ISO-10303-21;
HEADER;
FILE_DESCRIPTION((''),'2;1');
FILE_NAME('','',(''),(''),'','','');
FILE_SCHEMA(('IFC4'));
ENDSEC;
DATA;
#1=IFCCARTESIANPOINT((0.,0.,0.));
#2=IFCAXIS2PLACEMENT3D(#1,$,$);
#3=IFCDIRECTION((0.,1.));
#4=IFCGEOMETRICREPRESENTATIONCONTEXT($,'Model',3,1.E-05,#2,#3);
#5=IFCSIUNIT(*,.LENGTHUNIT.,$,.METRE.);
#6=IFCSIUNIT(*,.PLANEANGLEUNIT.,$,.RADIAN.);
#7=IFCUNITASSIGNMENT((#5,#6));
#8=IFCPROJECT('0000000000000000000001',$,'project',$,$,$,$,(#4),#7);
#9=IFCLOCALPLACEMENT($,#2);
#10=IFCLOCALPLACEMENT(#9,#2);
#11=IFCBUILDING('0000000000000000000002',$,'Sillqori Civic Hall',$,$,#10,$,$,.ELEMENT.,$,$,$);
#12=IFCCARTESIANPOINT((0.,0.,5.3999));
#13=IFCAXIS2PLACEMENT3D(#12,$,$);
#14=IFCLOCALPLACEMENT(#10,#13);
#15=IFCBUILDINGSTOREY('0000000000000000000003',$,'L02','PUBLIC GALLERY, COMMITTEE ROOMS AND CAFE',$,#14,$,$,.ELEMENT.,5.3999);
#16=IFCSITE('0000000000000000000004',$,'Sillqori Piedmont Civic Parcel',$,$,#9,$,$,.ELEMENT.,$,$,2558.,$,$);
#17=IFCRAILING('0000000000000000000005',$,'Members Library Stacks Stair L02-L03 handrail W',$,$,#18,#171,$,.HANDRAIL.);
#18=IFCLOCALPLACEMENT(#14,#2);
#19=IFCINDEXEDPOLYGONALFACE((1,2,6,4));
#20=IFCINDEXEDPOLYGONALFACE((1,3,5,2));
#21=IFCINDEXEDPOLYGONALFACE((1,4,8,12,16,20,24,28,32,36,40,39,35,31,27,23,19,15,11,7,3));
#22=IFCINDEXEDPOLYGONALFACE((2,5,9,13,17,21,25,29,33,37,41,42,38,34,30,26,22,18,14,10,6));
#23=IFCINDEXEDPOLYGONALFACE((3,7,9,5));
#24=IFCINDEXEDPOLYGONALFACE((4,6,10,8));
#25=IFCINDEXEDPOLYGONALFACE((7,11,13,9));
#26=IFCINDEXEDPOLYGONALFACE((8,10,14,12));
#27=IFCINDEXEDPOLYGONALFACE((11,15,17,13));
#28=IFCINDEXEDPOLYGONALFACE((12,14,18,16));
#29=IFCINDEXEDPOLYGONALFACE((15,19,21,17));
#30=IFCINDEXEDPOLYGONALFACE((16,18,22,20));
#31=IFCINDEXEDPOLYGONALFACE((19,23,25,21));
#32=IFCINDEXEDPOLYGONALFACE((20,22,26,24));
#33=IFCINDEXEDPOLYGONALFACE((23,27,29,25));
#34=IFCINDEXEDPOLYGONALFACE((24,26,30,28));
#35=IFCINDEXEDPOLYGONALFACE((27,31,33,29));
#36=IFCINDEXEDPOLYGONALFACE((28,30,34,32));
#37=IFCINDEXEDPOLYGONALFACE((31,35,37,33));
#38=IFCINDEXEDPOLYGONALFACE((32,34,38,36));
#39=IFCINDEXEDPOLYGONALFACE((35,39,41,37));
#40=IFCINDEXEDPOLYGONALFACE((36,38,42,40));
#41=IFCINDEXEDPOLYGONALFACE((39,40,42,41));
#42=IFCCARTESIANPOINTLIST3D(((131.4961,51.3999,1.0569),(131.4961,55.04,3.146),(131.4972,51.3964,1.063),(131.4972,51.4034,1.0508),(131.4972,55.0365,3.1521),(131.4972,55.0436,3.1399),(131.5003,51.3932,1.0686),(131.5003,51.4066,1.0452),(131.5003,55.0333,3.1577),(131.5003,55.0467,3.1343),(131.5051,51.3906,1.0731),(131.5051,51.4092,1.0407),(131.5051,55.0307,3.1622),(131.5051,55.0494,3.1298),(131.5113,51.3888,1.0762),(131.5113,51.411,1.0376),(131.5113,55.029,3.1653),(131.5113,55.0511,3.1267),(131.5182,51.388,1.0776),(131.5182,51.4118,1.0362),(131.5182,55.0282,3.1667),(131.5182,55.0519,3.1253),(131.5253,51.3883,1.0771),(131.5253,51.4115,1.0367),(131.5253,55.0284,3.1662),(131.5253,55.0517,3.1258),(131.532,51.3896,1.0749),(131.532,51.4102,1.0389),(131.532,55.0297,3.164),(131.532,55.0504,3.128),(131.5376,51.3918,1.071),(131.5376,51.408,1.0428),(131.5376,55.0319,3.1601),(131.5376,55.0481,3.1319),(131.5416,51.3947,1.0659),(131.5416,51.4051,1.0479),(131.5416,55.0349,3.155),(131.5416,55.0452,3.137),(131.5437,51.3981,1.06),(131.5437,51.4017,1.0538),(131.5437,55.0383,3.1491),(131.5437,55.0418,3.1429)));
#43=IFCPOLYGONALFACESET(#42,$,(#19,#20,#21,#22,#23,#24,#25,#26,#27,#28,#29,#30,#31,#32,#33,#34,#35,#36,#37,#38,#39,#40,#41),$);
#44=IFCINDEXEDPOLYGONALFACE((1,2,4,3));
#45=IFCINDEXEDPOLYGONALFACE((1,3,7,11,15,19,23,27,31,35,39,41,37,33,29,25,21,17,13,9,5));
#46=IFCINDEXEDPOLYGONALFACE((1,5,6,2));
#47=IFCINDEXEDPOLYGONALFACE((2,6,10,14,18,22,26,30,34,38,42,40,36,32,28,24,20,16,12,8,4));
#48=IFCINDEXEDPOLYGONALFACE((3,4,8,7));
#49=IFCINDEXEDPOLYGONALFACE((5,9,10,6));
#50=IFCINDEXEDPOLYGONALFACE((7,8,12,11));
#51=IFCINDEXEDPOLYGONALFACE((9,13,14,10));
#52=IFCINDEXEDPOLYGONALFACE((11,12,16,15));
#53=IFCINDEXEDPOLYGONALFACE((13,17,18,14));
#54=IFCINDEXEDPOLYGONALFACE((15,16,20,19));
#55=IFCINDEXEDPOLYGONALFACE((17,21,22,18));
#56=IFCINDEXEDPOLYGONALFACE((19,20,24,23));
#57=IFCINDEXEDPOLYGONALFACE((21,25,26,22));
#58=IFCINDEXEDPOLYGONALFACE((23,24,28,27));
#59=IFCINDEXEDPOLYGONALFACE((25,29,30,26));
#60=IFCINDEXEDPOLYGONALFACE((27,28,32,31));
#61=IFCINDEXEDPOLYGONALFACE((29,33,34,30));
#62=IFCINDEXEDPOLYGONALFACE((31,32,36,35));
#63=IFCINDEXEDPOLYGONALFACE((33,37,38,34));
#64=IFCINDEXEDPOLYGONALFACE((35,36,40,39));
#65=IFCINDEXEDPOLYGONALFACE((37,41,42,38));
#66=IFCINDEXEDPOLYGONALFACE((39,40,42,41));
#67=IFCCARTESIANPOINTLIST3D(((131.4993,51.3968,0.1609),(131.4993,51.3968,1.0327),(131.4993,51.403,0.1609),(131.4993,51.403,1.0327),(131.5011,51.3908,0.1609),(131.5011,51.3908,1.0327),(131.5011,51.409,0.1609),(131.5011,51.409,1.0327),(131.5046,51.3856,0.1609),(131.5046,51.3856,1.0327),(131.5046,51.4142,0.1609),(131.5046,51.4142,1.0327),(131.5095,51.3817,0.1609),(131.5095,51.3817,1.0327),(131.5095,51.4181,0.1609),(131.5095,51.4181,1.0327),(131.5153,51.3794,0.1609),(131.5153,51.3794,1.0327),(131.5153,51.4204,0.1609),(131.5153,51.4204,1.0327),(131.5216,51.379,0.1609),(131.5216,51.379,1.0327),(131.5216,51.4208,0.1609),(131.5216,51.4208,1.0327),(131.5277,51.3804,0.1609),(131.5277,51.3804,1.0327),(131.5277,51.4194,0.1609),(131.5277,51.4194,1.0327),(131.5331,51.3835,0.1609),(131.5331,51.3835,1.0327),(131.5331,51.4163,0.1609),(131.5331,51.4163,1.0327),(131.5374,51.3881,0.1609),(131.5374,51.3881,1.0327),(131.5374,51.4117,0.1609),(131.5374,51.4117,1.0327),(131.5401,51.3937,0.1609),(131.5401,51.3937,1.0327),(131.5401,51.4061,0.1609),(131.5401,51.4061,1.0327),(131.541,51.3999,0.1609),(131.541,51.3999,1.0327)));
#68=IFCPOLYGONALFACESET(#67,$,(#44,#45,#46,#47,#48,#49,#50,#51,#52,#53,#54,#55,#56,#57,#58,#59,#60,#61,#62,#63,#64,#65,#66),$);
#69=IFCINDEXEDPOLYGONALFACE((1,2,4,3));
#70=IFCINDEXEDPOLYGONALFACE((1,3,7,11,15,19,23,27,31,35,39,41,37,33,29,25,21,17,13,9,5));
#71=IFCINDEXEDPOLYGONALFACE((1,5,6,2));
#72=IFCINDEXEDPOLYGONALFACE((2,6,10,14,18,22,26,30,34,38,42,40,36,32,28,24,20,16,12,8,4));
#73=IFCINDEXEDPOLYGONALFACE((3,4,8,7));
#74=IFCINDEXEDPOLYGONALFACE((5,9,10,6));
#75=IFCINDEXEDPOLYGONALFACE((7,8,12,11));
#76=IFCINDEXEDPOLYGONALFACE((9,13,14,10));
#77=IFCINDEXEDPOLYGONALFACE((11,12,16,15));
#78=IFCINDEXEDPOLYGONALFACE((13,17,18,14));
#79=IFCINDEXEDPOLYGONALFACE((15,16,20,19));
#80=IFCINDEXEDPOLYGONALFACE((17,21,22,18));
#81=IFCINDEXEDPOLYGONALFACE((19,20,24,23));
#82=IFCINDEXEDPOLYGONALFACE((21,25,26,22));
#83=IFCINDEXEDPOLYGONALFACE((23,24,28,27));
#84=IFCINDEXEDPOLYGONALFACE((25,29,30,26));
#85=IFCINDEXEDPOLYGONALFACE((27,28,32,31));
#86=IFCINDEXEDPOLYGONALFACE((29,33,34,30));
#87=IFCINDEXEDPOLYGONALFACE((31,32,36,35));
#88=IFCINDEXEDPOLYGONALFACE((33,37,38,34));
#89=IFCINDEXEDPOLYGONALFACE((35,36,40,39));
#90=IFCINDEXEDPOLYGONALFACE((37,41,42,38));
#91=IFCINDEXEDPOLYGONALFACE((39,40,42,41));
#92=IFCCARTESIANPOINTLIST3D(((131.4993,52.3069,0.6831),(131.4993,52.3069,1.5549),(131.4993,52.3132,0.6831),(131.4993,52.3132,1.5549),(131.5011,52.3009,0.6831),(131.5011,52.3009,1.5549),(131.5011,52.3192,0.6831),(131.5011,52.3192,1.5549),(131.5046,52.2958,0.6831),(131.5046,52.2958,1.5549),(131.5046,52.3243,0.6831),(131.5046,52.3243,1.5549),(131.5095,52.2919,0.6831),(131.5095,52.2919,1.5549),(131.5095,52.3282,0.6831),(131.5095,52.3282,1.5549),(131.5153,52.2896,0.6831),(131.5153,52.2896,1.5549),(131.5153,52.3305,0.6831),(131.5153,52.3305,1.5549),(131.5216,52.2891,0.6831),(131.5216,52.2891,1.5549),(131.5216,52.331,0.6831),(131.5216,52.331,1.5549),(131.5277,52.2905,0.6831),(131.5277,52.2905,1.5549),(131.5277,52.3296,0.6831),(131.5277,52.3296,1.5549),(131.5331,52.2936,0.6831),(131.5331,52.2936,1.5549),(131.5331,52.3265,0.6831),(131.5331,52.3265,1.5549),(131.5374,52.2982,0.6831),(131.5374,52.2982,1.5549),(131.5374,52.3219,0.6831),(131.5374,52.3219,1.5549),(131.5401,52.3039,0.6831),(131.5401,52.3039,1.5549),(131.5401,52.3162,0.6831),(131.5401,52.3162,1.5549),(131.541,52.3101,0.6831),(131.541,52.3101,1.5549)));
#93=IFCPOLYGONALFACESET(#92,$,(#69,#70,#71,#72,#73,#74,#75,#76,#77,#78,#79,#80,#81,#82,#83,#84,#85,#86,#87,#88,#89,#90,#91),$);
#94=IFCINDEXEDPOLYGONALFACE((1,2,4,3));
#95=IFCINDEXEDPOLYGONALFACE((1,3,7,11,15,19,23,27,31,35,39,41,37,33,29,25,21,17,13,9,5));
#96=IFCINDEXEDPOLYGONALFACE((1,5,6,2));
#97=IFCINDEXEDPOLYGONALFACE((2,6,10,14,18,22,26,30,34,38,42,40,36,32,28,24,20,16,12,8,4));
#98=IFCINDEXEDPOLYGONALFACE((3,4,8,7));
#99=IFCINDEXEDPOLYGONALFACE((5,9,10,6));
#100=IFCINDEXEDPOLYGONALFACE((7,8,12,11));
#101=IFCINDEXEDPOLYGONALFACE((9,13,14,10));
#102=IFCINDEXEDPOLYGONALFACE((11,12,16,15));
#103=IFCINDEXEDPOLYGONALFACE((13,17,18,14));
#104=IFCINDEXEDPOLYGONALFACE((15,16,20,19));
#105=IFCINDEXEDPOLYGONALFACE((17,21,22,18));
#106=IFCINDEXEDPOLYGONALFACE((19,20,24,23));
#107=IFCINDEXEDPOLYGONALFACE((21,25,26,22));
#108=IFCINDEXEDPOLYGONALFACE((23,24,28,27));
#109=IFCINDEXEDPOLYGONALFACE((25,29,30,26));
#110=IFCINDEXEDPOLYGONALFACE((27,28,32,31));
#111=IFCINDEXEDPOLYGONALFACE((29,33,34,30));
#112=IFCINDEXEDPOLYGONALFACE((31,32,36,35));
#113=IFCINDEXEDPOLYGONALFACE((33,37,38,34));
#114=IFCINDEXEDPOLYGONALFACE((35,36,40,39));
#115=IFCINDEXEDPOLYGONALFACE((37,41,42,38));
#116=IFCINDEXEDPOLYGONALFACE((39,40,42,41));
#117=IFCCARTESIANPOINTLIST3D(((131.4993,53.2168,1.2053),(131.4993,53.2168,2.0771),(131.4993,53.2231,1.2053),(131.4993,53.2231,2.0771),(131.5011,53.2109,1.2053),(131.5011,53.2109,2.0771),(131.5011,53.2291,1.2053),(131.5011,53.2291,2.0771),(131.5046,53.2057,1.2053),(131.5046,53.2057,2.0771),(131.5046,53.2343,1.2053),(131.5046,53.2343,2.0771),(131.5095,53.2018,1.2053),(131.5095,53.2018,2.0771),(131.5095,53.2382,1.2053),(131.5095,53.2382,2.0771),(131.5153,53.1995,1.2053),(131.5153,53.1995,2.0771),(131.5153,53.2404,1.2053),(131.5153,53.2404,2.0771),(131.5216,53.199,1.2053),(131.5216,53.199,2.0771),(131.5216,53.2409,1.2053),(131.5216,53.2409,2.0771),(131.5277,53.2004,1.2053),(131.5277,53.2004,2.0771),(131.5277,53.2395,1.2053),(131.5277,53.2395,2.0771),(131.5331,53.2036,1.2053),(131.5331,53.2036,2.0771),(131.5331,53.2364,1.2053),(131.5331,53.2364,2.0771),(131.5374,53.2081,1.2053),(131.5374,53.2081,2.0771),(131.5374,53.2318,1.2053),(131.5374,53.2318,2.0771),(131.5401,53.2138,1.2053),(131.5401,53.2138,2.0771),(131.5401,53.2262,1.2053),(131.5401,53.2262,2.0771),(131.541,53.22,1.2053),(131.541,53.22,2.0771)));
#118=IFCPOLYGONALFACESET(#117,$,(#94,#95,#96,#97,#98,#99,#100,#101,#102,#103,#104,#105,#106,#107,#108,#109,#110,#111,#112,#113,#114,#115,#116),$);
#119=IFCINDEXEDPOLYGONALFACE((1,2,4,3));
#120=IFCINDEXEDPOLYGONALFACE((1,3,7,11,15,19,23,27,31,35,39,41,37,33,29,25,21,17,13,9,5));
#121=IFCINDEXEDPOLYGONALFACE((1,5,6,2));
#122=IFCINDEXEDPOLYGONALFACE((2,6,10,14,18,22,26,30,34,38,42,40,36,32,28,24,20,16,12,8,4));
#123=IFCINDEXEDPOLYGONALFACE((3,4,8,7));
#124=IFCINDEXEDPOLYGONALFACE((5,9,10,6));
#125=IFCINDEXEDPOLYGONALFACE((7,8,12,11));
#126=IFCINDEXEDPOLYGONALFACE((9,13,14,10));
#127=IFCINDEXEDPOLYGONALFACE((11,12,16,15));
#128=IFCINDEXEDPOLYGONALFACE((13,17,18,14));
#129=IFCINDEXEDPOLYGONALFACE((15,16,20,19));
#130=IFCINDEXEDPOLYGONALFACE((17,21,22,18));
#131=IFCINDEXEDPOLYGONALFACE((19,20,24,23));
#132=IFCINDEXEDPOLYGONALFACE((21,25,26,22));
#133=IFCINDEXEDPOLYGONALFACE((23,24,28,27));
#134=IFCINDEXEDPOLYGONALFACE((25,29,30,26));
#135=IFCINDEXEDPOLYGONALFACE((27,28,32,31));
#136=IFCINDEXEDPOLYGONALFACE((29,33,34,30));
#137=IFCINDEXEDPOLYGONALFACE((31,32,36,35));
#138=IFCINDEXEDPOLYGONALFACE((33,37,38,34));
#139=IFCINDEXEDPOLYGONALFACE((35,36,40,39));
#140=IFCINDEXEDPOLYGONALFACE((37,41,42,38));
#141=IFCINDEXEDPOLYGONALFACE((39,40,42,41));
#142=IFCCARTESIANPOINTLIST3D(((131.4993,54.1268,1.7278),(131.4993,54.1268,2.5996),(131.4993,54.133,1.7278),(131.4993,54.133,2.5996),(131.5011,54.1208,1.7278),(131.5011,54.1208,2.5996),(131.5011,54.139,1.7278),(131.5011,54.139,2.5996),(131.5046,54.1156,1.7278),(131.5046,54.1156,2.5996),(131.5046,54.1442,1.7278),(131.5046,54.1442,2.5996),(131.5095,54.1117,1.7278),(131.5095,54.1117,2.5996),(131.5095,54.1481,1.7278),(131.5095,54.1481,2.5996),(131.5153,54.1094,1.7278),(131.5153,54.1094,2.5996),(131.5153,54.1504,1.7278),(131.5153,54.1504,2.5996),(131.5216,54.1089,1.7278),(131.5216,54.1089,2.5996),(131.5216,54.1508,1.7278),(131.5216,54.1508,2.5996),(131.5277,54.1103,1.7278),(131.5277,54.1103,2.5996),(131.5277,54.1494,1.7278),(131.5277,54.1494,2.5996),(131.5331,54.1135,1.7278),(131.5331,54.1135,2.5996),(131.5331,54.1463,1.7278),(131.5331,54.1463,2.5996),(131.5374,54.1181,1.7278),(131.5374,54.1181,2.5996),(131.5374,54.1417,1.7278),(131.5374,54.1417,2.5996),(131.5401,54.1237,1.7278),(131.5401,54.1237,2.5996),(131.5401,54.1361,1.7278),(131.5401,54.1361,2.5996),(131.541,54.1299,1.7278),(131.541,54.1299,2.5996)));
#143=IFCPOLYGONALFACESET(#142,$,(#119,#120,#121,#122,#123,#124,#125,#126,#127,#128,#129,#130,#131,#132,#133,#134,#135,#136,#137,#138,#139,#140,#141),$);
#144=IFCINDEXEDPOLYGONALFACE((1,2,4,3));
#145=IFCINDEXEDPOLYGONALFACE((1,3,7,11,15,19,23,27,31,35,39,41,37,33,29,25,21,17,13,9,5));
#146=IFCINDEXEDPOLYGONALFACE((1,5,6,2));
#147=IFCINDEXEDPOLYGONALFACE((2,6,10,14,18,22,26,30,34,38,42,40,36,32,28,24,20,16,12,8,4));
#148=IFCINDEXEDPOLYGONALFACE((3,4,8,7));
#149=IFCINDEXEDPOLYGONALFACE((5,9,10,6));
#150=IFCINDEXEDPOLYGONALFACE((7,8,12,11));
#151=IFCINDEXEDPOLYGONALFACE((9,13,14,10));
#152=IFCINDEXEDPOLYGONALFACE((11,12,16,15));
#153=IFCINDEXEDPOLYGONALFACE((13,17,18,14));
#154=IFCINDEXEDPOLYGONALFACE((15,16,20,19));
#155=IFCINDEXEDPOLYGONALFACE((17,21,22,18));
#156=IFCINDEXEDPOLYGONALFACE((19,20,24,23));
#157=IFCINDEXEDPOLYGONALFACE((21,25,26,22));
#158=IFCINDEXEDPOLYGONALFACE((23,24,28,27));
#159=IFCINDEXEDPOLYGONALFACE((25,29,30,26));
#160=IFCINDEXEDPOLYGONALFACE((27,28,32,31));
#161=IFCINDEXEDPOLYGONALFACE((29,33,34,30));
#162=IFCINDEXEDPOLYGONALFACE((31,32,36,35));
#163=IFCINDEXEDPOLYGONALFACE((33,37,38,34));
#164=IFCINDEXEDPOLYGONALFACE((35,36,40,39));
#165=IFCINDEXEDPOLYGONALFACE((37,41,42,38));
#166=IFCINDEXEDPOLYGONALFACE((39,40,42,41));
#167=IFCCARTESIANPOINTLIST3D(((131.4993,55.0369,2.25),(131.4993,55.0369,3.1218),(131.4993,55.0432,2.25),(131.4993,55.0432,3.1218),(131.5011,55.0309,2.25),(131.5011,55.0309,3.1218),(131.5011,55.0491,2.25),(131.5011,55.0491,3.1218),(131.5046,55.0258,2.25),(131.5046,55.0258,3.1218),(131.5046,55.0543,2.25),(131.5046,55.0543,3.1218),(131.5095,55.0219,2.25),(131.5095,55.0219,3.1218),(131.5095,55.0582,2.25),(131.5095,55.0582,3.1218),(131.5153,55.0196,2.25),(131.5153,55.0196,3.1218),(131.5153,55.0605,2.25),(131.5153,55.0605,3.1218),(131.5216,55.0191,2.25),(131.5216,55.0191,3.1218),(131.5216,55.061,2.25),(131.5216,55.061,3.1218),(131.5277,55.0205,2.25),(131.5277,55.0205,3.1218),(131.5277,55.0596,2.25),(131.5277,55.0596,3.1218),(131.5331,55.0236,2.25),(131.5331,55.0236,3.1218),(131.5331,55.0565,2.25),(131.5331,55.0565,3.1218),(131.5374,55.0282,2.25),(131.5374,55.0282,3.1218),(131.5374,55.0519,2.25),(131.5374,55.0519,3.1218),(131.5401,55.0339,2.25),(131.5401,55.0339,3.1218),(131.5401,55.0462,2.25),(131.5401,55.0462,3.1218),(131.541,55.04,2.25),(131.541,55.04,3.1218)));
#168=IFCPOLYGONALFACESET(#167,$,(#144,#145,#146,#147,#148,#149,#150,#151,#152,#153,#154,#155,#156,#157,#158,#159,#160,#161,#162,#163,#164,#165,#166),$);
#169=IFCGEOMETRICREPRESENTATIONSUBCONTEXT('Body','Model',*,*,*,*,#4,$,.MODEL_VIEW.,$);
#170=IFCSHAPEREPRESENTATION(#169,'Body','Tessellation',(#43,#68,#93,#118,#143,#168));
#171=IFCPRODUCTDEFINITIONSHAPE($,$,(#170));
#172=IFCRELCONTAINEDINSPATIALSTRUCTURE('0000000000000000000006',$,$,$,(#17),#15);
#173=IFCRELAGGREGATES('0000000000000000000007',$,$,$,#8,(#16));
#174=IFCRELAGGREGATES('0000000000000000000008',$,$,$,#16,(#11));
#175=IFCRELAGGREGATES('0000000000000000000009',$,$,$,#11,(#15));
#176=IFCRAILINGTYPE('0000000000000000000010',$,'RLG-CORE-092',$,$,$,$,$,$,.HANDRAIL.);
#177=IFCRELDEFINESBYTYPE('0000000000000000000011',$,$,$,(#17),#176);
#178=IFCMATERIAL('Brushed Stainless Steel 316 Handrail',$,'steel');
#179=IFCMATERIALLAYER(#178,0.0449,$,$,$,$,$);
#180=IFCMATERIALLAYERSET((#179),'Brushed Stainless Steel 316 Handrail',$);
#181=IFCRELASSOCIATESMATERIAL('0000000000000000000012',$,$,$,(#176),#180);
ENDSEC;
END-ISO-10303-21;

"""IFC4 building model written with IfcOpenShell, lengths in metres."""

from ifc_helpers import new_model, si_unit, direction, frame, origin, origin_2d, place, context, subcontext, project, spatial, circle, extrude, material, layer, layer_set, type_object, element, save


model = new_model("IFC4")

# Units and contexts
model_context = context("Model", 3, precision=1e-05, world=origin(), true_north=direction((0.0, 1.0)))
body_context = subcontext(model_context, "Body", "Model", "MODEL_VIEW")
ifc_project = project(units=[si_unit("LENGTHUNIT", "METRE"), si_unit("PLANEANGLEUNIT", "RADIAN")], contexts=[model_context])

# Site, building, storey
site_placement = place(None, origin())
site = spatial("IfcSite", under=ifc_project, at=site_placement, Name="Sillqori Piedmont Civic Parcel", CompositionType="ELEMENT", RefElevation=2558.0)
building_placement = place(site_placement, origin())
building = spatial("IfcBuilding", under=site, at=building_placement, Name="Sillqori Civic Hall", CompositionType="ELEMENT")
storey_placement = place(building_placement, frame((0.0, 0.0, 5.3999)))
storey = spatial("IfcBuildingStorey", under=building, at=storey_placement, Name="L02", Description="PUBLIC GALLERY, COMMITTEE ROOMS AND CAFE", CompositionType="ELEMENT", Elevation=5.3999)

# Railing
ifc_material_1 = material(Name="Brushed Stainless Steel 316 Handrail", Category="steel")
ifc_layer_1 = layer(ifc_material_1, 0.0449)
ifc_layer_set_1 = layer_set([ifc_layer_1], Name="Brushed Stainless Steel 316 Handrail")
railing_type_1 = type_object("IfcRailingType", Name="RLG-CORE-092", PredefinedType="HANDRAIL", material=ifc_layer_set_1)
railing_1_placement = place(storey_placement, frame((131.52, 51.3999, 0.1609)))
element("IfcRailing", 1, at=railing_1_placement, inside=storey, type_object=railing_type_1, Name="Members Library Stacks Stair L02-L03 handrail W", PredefinedType="HANDRAIL", context=body_context, shape_type="SweptSolid", body=[
    extrude(circle(Radius=0.0239, at=origin_2d()), frame((0.0, 0.0, 0.896), z_axis=(0.0, 0.867314, 0.497761), x_axis=(-1.0, 0.0, 0.0)), (0.0, 0.0, 1.0), 4.197),
    extrude(circle(Radius=0.021, at=origin_2d()), origin(), (0.0, 0.0, 1.0), 0.8718),
    extrude(circle(Radius=0.021, at=origin_2d()), frame((0.0, 0.9102, 0.5222)), (0.0, 0.0, 1.0), 0.8718),
    extrude(circle(Radius=0.021, at=origin_2d()), frame((0.0, 1.8201, 1.0444)), (0.0, 0.0, 1.0), 0.8718),
    extrude(circle(Radius=0.021, at=origin_2d()), frame((0.0, 2.73, 1.5669)), (0.0, 0.0, 1.0), 0.8718),
    extrude(circle(Radius=0.021, at=origin_2d()), frame((0.0, 3.6401, 2.0891)), (0.0, 0.0, 1.0), 0.8718),
])

save(model, "model.ifc")
